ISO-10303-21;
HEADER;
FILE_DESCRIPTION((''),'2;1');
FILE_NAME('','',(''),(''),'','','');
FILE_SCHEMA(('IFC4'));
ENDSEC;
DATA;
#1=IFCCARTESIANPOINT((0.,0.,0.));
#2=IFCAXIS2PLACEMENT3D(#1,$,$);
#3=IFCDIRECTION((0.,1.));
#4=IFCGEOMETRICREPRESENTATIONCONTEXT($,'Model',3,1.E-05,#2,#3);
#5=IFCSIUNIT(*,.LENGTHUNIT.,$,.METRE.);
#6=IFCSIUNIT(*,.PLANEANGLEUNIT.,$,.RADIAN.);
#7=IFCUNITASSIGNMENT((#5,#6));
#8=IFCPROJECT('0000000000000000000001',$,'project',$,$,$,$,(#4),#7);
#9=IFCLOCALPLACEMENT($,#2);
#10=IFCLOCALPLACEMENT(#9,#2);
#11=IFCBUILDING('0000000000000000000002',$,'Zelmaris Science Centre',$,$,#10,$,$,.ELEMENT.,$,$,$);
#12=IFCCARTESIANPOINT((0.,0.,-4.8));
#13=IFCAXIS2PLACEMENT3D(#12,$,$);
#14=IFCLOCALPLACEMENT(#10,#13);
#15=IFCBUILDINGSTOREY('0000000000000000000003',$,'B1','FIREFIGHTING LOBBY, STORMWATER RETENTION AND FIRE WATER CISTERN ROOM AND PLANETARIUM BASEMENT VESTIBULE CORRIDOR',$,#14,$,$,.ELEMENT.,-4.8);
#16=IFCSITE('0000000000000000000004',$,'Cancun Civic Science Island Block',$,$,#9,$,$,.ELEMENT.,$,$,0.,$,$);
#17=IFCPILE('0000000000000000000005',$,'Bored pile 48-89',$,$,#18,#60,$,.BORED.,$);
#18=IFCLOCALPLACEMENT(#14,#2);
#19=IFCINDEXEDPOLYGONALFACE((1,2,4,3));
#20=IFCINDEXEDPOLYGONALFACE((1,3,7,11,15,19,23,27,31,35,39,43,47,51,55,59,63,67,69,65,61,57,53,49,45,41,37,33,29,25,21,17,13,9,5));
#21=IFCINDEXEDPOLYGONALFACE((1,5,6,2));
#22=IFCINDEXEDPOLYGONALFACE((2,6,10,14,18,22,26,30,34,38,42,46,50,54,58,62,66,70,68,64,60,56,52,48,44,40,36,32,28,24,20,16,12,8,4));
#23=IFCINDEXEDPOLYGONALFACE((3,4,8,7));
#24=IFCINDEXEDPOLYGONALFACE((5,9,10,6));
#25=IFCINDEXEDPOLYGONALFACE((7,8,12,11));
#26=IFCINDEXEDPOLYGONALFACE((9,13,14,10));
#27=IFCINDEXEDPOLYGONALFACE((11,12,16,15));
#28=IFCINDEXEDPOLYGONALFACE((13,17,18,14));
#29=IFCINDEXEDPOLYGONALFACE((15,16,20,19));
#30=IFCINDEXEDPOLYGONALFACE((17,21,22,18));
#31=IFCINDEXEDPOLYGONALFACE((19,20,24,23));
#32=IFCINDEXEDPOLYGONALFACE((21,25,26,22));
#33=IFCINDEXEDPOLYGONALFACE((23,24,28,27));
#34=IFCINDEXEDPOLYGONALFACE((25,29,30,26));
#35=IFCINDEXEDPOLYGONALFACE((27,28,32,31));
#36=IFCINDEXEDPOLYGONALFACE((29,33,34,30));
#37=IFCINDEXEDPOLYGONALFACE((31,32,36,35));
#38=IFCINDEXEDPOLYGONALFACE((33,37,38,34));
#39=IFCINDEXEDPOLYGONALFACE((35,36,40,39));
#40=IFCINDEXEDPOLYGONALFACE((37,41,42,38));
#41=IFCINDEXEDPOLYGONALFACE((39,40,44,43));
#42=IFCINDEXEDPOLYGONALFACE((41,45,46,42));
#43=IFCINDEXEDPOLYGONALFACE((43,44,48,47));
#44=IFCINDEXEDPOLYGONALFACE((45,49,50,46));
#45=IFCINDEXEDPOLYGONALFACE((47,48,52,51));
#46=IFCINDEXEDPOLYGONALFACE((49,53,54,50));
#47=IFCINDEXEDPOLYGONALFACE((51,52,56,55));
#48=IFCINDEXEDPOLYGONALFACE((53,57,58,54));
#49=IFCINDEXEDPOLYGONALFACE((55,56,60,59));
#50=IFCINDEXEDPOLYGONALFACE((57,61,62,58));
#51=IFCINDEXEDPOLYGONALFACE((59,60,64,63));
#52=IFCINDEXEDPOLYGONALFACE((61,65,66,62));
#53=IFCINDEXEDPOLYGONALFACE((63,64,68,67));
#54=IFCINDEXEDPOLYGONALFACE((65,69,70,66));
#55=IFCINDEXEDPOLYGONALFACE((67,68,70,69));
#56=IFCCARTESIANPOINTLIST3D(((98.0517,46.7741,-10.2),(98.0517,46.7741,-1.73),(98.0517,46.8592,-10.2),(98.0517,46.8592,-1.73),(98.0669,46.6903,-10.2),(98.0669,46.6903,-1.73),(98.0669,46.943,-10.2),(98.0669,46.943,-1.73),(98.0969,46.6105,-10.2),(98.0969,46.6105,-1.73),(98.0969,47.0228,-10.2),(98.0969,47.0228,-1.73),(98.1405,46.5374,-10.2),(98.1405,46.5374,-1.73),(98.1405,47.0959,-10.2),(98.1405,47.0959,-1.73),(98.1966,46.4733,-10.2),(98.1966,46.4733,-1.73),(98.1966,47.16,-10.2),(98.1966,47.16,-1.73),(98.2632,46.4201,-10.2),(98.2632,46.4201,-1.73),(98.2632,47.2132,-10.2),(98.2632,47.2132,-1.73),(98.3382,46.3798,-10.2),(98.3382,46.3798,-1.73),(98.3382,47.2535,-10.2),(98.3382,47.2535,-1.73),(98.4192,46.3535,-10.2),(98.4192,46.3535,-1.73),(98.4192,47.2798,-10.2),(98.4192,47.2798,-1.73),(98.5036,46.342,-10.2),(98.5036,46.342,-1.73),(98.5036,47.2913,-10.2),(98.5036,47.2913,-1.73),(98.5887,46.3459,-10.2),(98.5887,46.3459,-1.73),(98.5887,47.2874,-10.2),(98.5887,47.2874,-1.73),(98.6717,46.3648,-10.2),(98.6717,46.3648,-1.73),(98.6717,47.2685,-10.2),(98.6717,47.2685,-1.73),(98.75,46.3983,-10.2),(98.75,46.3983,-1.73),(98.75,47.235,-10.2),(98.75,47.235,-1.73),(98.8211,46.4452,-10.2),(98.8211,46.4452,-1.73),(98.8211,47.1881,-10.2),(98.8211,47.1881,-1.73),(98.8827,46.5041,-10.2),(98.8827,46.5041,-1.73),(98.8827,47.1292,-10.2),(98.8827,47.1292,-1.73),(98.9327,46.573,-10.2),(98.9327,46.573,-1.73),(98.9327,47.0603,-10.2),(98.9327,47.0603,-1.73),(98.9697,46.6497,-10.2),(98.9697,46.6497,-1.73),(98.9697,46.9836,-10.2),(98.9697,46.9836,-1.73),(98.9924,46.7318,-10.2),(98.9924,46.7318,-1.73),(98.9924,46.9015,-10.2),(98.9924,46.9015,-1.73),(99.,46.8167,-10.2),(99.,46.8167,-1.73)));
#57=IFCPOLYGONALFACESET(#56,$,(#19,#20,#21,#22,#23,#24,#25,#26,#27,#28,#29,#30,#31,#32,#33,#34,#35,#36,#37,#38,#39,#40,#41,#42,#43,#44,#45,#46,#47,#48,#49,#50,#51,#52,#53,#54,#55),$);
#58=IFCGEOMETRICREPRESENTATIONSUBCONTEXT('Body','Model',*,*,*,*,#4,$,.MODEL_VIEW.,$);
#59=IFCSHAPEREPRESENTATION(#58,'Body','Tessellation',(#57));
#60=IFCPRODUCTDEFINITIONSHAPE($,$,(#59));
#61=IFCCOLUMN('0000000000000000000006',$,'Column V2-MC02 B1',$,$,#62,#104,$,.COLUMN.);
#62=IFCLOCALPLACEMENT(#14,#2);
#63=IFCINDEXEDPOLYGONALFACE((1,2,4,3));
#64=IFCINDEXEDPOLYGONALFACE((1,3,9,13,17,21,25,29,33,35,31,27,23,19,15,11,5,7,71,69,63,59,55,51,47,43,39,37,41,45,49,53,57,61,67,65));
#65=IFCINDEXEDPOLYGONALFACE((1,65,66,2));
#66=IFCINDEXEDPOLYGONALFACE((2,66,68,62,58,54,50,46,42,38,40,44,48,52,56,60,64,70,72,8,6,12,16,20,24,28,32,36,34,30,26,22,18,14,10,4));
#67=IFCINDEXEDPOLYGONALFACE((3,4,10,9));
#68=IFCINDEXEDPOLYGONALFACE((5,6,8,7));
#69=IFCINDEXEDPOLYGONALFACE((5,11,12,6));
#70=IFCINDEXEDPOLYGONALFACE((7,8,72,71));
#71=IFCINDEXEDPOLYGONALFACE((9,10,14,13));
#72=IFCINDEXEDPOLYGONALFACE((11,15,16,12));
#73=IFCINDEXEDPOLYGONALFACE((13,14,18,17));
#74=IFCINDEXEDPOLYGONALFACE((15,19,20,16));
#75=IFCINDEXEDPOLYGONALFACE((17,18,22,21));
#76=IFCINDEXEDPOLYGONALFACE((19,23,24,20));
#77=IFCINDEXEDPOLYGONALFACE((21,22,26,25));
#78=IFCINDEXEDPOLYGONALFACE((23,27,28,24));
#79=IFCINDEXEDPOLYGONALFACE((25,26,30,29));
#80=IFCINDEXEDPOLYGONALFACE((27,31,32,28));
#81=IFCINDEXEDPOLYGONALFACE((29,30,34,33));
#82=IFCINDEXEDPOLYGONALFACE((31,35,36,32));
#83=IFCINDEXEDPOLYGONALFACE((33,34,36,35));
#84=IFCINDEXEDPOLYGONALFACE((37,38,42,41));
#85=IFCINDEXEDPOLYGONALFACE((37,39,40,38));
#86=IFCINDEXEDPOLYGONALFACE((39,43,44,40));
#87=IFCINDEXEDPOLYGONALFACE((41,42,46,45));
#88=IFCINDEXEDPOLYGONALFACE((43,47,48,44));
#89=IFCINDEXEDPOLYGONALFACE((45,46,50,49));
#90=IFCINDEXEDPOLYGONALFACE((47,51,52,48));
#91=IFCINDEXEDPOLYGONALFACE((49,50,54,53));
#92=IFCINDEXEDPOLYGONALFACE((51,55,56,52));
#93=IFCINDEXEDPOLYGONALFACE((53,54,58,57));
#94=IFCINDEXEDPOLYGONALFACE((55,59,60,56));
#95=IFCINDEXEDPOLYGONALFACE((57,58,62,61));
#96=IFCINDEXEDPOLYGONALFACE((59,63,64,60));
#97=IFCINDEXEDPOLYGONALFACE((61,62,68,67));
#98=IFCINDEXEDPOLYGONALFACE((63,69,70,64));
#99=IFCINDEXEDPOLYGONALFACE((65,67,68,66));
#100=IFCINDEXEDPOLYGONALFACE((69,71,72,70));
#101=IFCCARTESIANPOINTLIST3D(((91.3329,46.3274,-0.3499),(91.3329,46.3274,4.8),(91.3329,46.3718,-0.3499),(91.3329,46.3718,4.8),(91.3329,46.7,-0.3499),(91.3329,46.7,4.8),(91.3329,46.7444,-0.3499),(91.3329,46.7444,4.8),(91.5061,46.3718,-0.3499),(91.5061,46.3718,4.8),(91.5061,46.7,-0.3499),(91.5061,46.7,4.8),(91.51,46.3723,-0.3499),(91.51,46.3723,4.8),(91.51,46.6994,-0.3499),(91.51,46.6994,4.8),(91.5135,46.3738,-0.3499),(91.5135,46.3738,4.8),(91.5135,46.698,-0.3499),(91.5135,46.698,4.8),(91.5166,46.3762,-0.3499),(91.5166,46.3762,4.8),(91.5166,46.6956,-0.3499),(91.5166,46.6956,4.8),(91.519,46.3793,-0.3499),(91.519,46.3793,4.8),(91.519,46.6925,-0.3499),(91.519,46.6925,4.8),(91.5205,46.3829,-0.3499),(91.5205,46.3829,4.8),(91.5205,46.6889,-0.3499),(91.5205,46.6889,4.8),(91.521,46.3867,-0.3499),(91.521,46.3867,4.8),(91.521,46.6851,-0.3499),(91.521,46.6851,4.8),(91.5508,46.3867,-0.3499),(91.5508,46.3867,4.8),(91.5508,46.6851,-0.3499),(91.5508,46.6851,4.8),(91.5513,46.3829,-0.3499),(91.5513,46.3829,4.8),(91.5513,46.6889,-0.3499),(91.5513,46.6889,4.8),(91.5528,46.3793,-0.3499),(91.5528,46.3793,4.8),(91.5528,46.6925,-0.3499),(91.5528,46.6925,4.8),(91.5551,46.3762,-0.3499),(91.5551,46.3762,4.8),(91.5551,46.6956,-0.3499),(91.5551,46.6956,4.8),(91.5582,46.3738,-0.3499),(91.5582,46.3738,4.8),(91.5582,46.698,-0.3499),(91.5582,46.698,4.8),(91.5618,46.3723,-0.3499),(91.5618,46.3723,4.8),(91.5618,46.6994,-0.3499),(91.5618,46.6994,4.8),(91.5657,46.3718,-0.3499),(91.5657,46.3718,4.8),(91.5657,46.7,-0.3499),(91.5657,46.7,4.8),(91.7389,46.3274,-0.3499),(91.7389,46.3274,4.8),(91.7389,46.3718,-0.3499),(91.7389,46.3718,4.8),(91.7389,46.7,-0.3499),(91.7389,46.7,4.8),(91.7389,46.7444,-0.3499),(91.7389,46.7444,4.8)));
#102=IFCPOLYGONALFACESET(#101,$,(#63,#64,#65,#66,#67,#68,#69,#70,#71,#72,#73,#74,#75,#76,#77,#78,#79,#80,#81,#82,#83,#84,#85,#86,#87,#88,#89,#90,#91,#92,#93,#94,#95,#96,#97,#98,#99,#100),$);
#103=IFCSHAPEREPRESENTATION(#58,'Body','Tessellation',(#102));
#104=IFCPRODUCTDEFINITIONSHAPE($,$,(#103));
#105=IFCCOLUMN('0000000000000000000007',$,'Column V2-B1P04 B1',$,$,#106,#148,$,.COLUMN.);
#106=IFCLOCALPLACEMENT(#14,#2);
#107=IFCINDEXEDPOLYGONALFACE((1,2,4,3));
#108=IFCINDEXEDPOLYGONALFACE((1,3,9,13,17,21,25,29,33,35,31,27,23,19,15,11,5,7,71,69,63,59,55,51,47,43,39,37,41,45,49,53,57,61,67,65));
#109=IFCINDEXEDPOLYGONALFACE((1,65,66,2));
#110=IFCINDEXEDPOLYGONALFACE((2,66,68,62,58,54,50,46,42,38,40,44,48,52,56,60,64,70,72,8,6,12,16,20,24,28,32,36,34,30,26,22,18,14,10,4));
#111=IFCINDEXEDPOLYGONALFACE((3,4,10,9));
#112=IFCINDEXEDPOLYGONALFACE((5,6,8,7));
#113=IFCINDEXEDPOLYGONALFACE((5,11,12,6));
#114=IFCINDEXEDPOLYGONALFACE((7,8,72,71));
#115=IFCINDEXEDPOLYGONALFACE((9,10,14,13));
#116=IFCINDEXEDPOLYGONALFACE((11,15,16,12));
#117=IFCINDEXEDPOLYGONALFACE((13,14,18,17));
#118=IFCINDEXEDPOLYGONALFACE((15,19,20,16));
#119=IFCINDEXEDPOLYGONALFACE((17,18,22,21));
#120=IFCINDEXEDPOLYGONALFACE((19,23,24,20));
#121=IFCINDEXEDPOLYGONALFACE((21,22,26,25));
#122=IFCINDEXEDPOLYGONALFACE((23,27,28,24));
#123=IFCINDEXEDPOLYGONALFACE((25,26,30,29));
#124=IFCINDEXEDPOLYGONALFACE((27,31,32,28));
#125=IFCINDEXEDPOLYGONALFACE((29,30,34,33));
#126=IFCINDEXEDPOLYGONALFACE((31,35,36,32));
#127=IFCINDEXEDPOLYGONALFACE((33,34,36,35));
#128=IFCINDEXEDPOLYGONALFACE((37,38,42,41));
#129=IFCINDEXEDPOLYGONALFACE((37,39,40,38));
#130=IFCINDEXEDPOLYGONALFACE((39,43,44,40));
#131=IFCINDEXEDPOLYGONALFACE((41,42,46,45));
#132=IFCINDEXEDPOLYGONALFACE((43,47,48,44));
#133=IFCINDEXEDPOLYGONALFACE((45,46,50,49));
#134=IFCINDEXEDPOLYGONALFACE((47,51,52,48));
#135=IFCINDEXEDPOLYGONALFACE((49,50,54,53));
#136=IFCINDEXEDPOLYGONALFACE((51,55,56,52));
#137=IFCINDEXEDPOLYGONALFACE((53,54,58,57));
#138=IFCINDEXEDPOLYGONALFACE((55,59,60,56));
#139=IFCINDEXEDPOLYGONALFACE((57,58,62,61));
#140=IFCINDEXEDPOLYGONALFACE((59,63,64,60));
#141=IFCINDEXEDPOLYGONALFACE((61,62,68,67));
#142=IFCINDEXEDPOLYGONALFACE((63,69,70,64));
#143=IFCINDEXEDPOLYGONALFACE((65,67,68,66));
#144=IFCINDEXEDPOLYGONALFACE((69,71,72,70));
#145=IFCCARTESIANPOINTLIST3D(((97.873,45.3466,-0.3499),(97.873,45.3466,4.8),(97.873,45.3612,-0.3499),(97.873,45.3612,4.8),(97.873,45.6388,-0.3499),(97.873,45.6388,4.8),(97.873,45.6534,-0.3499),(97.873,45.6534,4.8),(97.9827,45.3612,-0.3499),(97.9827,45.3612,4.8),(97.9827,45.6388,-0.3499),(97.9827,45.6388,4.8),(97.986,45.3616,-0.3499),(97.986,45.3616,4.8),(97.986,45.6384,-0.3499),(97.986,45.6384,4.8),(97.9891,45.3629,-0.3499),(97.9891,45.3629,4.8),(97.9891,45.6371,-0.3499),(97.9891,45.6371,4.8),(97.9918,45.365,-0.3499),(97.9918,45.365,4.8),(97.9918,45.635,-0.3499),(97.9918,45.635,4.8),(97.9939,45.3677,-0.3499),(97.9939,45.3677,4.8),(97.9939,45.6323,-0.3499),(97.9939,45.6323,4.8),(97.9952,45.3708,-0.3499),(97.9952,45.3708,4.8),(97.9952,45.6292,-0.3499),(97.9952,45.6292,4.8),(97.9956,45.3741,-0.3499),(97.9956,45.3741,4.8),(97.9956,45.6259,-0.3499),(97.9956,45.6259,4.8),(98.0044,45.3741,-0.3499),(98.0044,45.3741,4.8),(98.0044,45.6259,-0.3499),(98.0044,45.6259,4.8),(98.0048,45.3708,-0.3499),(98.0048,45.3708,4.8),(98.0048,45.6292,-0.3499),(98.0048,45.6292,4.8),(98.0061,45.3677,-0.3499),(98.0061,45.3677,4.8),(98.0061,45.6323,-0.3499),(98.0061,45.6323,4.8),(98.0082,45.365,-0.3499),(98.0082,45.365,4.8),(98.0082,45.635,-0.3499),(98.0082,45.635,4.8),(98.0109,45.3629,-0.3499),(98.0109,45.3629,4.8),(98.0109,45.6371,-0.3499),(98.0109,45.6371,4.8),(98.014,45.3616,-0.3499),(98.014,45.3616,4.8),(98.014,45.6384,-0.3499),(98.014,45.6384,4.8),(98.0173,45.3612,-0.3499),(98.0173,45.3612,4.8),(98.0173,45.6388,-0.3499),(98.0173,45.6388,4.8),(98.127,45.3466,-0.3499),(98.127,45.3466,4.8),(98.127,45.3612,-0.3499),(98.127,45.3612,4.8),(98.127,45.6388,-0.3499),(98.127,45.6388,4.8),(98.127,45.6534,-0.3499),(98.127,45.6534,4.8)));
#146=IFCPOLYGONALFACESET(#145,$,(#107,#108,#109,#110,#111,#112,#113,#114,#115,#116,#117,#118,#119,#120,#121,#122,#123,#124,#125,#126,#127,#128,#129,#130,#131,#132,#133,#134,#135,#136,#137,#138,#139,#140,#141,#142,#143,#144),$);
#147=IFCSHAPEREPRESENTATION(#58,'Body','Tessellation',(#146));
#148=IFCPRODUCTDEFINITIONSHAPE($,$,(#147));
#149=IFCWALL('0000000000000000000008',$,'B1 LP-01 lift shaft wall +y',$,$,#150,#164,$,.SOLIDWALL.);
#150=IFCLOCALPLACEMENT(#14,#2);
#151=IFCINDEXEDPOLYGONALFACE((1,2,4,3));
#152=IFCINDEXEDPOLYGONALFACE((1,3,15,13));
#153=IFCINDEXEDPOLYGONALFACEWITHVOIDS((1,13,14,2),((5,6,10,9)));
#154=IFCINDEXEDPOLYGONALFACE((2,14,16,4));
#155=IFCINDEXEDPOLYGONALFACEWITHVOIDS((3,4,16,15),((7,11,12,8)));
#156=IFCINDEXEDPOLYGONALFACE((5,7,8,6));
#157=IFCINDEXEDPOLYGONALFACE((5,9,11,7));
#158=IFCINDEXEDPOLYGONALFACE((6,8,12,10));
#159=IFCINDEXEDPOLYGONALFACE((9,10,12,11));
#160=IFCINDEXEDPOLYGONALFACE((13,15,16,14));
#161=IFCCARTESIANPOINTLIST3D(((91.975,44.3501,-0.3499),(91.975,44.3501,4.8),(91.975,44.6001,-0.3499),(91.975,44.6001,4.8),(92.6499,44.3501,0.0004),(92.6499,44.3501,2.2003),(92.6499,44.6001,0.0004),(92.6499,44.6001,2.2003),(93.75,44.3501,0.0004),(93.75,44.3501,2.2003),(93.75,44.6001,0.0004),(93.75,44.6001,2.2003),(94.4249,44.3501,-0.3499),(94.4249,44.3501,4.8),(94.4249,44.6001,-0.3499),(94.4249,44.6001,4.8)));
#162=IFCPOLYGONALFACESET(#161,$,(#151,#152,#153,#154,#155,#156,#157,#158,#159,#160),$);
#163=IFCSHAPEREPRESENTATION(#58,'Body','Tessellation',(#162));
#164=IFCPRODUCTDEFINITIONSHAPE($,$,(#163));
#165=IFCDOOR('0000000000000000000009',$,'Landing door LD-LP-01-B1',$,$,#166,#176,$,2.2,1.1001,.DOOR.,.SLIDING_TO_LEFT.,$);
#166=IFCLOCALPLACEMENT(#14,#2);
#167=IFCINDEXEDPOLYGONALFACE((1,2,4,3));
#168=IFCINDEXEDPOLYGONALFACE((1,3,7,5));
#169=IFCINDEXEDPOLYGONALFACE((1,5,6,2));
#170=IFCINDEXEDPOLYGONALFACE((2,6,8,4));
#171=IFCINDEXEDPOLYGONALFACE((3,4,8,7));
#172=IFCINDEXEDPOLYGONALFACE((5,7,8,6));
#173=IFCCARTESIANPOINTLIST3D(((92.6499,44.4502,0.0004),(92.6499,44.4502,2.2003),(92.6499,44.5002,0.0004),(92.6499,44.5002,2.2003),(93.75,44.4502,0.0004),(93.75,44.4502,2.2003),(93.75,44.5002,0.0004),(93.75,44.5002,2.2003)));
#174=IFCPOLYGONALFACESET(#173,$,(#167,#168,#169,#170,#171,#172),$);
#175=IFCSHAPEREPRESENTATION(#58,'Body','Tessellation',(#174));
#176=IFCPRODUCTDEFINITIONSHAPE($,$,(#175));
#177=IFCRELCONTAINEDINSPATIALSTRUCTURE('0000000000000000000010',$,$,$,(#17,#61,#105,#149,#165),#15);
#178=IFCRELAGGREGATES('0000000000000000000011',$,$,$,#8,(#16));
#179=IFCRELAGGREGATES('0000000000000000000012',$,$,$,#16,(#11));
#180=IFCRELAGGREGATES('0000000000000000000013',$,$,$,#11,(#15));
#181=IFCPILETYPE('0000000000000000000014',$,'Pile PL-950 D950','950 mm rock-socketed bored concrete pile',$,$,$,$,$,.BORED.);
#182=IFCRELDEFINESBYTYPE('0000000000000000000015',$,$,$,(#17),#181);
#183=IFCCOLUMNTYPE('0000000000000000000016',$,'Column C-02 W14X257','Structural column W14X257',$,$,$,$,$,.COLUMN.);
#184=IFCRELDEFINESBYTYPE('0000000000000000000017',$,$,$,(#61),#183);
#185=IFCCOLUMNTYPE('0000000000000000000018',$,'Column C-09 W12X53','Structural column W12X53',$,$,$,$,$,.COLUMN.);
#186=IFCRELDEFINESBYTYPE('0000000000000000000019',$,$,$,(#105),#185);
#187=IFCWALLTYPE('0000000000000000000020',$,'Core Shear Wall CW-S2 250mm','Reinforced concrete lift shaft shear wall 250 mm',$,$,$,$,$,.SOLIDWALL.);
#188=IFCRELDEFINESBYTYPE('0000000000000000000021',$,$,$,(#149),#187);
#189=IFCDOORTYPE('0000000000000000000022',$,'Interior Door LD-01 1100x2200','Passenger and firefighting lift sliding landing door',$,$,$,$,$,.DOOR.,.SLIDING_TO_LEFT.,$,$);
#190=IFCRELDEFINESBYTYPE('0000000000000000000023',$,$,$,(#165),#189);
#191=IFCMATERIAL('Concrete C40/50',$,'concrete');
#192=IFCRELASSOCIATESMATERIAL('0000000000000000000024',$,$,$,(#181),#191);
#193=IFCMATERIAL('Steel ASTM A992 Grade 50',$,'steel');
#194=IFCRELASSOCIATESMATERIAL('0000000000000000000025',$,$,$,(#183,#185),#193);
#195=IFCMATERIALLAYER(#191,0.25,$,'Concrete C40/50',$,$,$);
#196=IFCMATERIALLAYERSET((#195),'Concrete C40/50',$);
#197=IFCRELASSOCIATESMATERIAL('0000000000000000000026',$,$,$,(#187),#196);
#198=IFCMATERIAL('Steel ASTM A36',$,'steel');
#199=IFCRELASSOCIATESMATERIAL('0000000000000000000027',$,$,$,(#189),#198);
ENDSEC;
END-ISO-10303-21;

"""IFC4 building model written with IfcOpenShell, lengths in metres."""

from ifc_helpers import new_model, si_unit, direction, frame, frame_2d, origin, origin_2d, place, context, subcontext, project, spatial, rectangle, circle, i_section, extrude, material, layer, layer_set, material_profile, profile_set, type_object, element, fill, save


model = new_model("IFC4")

# Units and contexts
model_context = context("Model", 3, precision=1e-05, world=origin(), true_north=direction((0.0, 1.0)))
body_context = subcontext(model_context, "Body", "Model", "MODEL_VIEW")
ifc_project = project(units=[si_unit("LENGTHUNIT", "METRE"), si_unit("PLANEANGLEUNIT", "RADIAN")], contexts=[model_context])

# Site, building, storey
site_placement = place(None, origin())
site = spatial("IfcSite", under=ifc_project, at=site_placement, Name="Cancun Civic Science Island Block", CompositionType="ELEMENT", RefElevation=0.0)
building_placement = place(site_placement, origin())
building = spatial("IfcBuilding", under=site, at=building_placement, Name="Zelmaris Science Centre", CompositionType="ELEMENT")
storey_placement = place(building_placement, frame((0.0, 0.0, -4.8)))
storey = spatial("IfcBuildingStorey", under=building, at=storey_placement, Name="B1", Description="FIREFIGHTING LOBBY, STORMWATER RETENTION AND FIRE WATER CISTERN ROOM AND PLANETARIUM BASEMENT VESTIBULE CORRIDOR", CompositionType="ELEMENT", Elevation=-4.8)

# Shared definitions
ifc_material_1 = material(Name="Concrete C40/50", Category="concrete")

# Pile
ifc_material_profile_1 = material_profile(ifc_material_1, circle(Radius=0.4751, at=origin_2d()), Name="PILE-950")
ifc_profile_set_1 = profile_set([ifc_material_profile_1], Name="Concrete C40/50")
pile_type_1 = type_object("IfcPileType", Name="Pile PL-950 D950", Description="950 mm rock-socketed bored concrete pile", PredefinedType="BORED", material=ifc_profile_set_1)
for number, where, z_axis, x_axis, name in (
    (1, (98.5249, 46.8167, -1.73), (0.0, 0.0, -1.0), (1.0, 0.0, 0.0), "Bored pile 48-89"),
):
    element("IfcPile", number, at=place(storey_placement, frame(where, z_axis=z_axis, x_axis=x_axis)), inside=storey, type_object=pile_type_1, Name=name, PredefinedType="BORED", context=body_context, shape_type="SweptSolid", body=[
        extrude(circle(Radius=0.4751, at=origin_2d()), origin(), (0.0, 0.0, 1.0), 8.47),
    ])

# Columns
ifc_material_2 = material(Name="Steel ASTM A992 Grade 50", Category="steel")
ifc_material_profile_2 = material_profile(ifc_material_2, i_section(OverallWidth=0.406, OverallDepth=0.417, WebThickness=0.0298, FlangeThickness=0.0444, FilletRadius=0.0149, at=origin_2d()), Name="W14X257")
ifc_profile_set_2 = profile_set([ifc_material_profile_2], Name="Steel ASTM A992 Grade 50")
column_type_1 = type_object("IfcColumnType", Name="Column C-02 W14X257", Description="Structural column W14X257", PredefinedType="COLUMN", material=ifc_profile_set_2)
column_1_placement = place(storey_placement, frame((91.5359, 46.5359, -0.3499), z_axis=(0.0, 0.0, 1.0), x_axis=(1.0, 0.0, 0.0)))
element("IfcColumn", 2, at=column_1_placement, inside=storey, type_object=column_type_1, Name="Column V2-MC02 B1", PredefinedType="COLUMN", context=body_context, shape_type="SweptSolid", body=[
    extrude(i_section(OverallWidth=0.406, OverallDepth=0.417, WebThickness=0.0298, FlangeThickness=0.0444, FilletRadius=0.0149, at=origin_2d()), origin(), (0.0, 0.0, 1.0), 5.1499),
])
ifc_material_profile_3 = material_profile(ifc_material_2, i_section(OverallWidth=0.2539, OverallDepth=0.3069, WebThickness=0.0088, FlangeThickness=0.0146, FilletRadius=0.0129, at=origin_2d()), Name="W12X53")
ifc_profile_set_3 = profile_set([ifc_material_profile_3], Name="Steel ASTM A992 Grade 50")
column_type_2 = type_object("IfcColumnType", Name="Column C-09 W12X53", Description="Structural column W12X53", PredefinedType="COLUMN", material=ifc_profile_set_3)
column_2_placement = place(storey_placement, frame((98.0, 45.5, -0.3499), z_axis=(0.0, 0.0, 1.0), x_axis=(1.0, 0.0, 0.0)))
element("IfcColumn", 3, at=column_2_placement, inside=storey, type_object=column_type_2, Name="Column V2-B1P04 B1", PredefinedType="COLUMN", context=body_context, shape_type="SweptSolid", body=[
    extrude(i_section(OverallWidth=0.2539, OverallDepth=0.3069, WebThickness=0.0088, FlangeThickness=0.0146, FilletRadius=0.0129, at=origin_2d()), origin(), (0.0, 0.0, 1.0), 5.1499),
])

# Wall, opening, door
ifc_layer_1 = layer(ifc_material_1, 0.25, Name="Concrete C40/50")
ifc_layer_set_1 = layer_set([ifc_layer_1], Name="Concrete C40/50")
wall_type_1 = type_object("IfcWallType", Name="Core Shear Wall CW-S2 250mm", Description="Reinforced concrete lift shaft shear wall 250 mm", PredefinedType="SOLIDWALL", material=ifc_layer_set_1)
wall_1_placement = place(storey_placement, frame((94.425, 44.4751, -0.3499), z_axis=(0.0, 0.0, 1.0), x_axis=(-1.0, 0.0, 0.0)))
wall_1 = element("IfcWall", 4, at=wall_1_placement, inside=storey, type_object=wall_type_1, Name="B1 LP-01 lift shaft wall +y", PredefinedType="SOLIDWALL", context=body_context, shape_type="SweptSolid", body=[
    extrude(rectangle(XDim=2.45, YDim=0.25, at=frame_2d((1.2251, 0.0))), origin(), (0.0, 0.0, 1.0), 5.1499),
])
opening_1_placement = place(wall_1_placement, frame((0.675, 0.0, 0.3501)))
opening_1 = element("IfcOpeningElement", 5, at=opening_1_placement, cuts=wall_1, PredefinedType="OPENING", context=body_context, shape_type="SweptSolid", body=[
    extrude(rectangle(XDim=1.1001, YDim=2.2, at=frame_2d((0.55, 1.1001))), frame((0.0, 0.135, 0.0), z_axis=(0.0, -1.0, 0.0), x_axis=(1.0, 0.0, 0.0)), (0.0, 0.0, 1.0), 0.27),
])
ifc_material_3 = material(Name="Steel ASTM A36", Category="steel")
door_type_1 = type_object("IfcDoorType", Name="Interior Door LD-01 1100x2200", Description="Passenger and firefighting lift sliding landing door", OperationType="SLIDING_TO_LEFT", PredefinedType="DOOR", material=ifc_material_3)
door_1_placement = place(opening_1_placement, origin())
door_1 = element("IfcDoor", 6, at=door_1_placement, inside=storey, type_object=door_type_1, Name="Landing door LD-LP-01-B1", OperationType="SLIDING_TO_LEFT", OverallHeight=2.2, OverallWidth=1.1001, PredefinedType="DOOR", context=body_context, shape_type="SweptSolid", body=[
    extrude(rectangle(XDim=1.1001, YDim=2.2, at=frame_2d((0.55, 1.1001))), frame((0.0, 0.0249, 0.0), z_axis=(0.0, -1.0, 0.0), x_axis=(1.0, 0.0, 0.0)), (0.0, 0.0, 1.0), 0.05),
])
fill(opening_1, door_1)

save(model, "model.ifc")
